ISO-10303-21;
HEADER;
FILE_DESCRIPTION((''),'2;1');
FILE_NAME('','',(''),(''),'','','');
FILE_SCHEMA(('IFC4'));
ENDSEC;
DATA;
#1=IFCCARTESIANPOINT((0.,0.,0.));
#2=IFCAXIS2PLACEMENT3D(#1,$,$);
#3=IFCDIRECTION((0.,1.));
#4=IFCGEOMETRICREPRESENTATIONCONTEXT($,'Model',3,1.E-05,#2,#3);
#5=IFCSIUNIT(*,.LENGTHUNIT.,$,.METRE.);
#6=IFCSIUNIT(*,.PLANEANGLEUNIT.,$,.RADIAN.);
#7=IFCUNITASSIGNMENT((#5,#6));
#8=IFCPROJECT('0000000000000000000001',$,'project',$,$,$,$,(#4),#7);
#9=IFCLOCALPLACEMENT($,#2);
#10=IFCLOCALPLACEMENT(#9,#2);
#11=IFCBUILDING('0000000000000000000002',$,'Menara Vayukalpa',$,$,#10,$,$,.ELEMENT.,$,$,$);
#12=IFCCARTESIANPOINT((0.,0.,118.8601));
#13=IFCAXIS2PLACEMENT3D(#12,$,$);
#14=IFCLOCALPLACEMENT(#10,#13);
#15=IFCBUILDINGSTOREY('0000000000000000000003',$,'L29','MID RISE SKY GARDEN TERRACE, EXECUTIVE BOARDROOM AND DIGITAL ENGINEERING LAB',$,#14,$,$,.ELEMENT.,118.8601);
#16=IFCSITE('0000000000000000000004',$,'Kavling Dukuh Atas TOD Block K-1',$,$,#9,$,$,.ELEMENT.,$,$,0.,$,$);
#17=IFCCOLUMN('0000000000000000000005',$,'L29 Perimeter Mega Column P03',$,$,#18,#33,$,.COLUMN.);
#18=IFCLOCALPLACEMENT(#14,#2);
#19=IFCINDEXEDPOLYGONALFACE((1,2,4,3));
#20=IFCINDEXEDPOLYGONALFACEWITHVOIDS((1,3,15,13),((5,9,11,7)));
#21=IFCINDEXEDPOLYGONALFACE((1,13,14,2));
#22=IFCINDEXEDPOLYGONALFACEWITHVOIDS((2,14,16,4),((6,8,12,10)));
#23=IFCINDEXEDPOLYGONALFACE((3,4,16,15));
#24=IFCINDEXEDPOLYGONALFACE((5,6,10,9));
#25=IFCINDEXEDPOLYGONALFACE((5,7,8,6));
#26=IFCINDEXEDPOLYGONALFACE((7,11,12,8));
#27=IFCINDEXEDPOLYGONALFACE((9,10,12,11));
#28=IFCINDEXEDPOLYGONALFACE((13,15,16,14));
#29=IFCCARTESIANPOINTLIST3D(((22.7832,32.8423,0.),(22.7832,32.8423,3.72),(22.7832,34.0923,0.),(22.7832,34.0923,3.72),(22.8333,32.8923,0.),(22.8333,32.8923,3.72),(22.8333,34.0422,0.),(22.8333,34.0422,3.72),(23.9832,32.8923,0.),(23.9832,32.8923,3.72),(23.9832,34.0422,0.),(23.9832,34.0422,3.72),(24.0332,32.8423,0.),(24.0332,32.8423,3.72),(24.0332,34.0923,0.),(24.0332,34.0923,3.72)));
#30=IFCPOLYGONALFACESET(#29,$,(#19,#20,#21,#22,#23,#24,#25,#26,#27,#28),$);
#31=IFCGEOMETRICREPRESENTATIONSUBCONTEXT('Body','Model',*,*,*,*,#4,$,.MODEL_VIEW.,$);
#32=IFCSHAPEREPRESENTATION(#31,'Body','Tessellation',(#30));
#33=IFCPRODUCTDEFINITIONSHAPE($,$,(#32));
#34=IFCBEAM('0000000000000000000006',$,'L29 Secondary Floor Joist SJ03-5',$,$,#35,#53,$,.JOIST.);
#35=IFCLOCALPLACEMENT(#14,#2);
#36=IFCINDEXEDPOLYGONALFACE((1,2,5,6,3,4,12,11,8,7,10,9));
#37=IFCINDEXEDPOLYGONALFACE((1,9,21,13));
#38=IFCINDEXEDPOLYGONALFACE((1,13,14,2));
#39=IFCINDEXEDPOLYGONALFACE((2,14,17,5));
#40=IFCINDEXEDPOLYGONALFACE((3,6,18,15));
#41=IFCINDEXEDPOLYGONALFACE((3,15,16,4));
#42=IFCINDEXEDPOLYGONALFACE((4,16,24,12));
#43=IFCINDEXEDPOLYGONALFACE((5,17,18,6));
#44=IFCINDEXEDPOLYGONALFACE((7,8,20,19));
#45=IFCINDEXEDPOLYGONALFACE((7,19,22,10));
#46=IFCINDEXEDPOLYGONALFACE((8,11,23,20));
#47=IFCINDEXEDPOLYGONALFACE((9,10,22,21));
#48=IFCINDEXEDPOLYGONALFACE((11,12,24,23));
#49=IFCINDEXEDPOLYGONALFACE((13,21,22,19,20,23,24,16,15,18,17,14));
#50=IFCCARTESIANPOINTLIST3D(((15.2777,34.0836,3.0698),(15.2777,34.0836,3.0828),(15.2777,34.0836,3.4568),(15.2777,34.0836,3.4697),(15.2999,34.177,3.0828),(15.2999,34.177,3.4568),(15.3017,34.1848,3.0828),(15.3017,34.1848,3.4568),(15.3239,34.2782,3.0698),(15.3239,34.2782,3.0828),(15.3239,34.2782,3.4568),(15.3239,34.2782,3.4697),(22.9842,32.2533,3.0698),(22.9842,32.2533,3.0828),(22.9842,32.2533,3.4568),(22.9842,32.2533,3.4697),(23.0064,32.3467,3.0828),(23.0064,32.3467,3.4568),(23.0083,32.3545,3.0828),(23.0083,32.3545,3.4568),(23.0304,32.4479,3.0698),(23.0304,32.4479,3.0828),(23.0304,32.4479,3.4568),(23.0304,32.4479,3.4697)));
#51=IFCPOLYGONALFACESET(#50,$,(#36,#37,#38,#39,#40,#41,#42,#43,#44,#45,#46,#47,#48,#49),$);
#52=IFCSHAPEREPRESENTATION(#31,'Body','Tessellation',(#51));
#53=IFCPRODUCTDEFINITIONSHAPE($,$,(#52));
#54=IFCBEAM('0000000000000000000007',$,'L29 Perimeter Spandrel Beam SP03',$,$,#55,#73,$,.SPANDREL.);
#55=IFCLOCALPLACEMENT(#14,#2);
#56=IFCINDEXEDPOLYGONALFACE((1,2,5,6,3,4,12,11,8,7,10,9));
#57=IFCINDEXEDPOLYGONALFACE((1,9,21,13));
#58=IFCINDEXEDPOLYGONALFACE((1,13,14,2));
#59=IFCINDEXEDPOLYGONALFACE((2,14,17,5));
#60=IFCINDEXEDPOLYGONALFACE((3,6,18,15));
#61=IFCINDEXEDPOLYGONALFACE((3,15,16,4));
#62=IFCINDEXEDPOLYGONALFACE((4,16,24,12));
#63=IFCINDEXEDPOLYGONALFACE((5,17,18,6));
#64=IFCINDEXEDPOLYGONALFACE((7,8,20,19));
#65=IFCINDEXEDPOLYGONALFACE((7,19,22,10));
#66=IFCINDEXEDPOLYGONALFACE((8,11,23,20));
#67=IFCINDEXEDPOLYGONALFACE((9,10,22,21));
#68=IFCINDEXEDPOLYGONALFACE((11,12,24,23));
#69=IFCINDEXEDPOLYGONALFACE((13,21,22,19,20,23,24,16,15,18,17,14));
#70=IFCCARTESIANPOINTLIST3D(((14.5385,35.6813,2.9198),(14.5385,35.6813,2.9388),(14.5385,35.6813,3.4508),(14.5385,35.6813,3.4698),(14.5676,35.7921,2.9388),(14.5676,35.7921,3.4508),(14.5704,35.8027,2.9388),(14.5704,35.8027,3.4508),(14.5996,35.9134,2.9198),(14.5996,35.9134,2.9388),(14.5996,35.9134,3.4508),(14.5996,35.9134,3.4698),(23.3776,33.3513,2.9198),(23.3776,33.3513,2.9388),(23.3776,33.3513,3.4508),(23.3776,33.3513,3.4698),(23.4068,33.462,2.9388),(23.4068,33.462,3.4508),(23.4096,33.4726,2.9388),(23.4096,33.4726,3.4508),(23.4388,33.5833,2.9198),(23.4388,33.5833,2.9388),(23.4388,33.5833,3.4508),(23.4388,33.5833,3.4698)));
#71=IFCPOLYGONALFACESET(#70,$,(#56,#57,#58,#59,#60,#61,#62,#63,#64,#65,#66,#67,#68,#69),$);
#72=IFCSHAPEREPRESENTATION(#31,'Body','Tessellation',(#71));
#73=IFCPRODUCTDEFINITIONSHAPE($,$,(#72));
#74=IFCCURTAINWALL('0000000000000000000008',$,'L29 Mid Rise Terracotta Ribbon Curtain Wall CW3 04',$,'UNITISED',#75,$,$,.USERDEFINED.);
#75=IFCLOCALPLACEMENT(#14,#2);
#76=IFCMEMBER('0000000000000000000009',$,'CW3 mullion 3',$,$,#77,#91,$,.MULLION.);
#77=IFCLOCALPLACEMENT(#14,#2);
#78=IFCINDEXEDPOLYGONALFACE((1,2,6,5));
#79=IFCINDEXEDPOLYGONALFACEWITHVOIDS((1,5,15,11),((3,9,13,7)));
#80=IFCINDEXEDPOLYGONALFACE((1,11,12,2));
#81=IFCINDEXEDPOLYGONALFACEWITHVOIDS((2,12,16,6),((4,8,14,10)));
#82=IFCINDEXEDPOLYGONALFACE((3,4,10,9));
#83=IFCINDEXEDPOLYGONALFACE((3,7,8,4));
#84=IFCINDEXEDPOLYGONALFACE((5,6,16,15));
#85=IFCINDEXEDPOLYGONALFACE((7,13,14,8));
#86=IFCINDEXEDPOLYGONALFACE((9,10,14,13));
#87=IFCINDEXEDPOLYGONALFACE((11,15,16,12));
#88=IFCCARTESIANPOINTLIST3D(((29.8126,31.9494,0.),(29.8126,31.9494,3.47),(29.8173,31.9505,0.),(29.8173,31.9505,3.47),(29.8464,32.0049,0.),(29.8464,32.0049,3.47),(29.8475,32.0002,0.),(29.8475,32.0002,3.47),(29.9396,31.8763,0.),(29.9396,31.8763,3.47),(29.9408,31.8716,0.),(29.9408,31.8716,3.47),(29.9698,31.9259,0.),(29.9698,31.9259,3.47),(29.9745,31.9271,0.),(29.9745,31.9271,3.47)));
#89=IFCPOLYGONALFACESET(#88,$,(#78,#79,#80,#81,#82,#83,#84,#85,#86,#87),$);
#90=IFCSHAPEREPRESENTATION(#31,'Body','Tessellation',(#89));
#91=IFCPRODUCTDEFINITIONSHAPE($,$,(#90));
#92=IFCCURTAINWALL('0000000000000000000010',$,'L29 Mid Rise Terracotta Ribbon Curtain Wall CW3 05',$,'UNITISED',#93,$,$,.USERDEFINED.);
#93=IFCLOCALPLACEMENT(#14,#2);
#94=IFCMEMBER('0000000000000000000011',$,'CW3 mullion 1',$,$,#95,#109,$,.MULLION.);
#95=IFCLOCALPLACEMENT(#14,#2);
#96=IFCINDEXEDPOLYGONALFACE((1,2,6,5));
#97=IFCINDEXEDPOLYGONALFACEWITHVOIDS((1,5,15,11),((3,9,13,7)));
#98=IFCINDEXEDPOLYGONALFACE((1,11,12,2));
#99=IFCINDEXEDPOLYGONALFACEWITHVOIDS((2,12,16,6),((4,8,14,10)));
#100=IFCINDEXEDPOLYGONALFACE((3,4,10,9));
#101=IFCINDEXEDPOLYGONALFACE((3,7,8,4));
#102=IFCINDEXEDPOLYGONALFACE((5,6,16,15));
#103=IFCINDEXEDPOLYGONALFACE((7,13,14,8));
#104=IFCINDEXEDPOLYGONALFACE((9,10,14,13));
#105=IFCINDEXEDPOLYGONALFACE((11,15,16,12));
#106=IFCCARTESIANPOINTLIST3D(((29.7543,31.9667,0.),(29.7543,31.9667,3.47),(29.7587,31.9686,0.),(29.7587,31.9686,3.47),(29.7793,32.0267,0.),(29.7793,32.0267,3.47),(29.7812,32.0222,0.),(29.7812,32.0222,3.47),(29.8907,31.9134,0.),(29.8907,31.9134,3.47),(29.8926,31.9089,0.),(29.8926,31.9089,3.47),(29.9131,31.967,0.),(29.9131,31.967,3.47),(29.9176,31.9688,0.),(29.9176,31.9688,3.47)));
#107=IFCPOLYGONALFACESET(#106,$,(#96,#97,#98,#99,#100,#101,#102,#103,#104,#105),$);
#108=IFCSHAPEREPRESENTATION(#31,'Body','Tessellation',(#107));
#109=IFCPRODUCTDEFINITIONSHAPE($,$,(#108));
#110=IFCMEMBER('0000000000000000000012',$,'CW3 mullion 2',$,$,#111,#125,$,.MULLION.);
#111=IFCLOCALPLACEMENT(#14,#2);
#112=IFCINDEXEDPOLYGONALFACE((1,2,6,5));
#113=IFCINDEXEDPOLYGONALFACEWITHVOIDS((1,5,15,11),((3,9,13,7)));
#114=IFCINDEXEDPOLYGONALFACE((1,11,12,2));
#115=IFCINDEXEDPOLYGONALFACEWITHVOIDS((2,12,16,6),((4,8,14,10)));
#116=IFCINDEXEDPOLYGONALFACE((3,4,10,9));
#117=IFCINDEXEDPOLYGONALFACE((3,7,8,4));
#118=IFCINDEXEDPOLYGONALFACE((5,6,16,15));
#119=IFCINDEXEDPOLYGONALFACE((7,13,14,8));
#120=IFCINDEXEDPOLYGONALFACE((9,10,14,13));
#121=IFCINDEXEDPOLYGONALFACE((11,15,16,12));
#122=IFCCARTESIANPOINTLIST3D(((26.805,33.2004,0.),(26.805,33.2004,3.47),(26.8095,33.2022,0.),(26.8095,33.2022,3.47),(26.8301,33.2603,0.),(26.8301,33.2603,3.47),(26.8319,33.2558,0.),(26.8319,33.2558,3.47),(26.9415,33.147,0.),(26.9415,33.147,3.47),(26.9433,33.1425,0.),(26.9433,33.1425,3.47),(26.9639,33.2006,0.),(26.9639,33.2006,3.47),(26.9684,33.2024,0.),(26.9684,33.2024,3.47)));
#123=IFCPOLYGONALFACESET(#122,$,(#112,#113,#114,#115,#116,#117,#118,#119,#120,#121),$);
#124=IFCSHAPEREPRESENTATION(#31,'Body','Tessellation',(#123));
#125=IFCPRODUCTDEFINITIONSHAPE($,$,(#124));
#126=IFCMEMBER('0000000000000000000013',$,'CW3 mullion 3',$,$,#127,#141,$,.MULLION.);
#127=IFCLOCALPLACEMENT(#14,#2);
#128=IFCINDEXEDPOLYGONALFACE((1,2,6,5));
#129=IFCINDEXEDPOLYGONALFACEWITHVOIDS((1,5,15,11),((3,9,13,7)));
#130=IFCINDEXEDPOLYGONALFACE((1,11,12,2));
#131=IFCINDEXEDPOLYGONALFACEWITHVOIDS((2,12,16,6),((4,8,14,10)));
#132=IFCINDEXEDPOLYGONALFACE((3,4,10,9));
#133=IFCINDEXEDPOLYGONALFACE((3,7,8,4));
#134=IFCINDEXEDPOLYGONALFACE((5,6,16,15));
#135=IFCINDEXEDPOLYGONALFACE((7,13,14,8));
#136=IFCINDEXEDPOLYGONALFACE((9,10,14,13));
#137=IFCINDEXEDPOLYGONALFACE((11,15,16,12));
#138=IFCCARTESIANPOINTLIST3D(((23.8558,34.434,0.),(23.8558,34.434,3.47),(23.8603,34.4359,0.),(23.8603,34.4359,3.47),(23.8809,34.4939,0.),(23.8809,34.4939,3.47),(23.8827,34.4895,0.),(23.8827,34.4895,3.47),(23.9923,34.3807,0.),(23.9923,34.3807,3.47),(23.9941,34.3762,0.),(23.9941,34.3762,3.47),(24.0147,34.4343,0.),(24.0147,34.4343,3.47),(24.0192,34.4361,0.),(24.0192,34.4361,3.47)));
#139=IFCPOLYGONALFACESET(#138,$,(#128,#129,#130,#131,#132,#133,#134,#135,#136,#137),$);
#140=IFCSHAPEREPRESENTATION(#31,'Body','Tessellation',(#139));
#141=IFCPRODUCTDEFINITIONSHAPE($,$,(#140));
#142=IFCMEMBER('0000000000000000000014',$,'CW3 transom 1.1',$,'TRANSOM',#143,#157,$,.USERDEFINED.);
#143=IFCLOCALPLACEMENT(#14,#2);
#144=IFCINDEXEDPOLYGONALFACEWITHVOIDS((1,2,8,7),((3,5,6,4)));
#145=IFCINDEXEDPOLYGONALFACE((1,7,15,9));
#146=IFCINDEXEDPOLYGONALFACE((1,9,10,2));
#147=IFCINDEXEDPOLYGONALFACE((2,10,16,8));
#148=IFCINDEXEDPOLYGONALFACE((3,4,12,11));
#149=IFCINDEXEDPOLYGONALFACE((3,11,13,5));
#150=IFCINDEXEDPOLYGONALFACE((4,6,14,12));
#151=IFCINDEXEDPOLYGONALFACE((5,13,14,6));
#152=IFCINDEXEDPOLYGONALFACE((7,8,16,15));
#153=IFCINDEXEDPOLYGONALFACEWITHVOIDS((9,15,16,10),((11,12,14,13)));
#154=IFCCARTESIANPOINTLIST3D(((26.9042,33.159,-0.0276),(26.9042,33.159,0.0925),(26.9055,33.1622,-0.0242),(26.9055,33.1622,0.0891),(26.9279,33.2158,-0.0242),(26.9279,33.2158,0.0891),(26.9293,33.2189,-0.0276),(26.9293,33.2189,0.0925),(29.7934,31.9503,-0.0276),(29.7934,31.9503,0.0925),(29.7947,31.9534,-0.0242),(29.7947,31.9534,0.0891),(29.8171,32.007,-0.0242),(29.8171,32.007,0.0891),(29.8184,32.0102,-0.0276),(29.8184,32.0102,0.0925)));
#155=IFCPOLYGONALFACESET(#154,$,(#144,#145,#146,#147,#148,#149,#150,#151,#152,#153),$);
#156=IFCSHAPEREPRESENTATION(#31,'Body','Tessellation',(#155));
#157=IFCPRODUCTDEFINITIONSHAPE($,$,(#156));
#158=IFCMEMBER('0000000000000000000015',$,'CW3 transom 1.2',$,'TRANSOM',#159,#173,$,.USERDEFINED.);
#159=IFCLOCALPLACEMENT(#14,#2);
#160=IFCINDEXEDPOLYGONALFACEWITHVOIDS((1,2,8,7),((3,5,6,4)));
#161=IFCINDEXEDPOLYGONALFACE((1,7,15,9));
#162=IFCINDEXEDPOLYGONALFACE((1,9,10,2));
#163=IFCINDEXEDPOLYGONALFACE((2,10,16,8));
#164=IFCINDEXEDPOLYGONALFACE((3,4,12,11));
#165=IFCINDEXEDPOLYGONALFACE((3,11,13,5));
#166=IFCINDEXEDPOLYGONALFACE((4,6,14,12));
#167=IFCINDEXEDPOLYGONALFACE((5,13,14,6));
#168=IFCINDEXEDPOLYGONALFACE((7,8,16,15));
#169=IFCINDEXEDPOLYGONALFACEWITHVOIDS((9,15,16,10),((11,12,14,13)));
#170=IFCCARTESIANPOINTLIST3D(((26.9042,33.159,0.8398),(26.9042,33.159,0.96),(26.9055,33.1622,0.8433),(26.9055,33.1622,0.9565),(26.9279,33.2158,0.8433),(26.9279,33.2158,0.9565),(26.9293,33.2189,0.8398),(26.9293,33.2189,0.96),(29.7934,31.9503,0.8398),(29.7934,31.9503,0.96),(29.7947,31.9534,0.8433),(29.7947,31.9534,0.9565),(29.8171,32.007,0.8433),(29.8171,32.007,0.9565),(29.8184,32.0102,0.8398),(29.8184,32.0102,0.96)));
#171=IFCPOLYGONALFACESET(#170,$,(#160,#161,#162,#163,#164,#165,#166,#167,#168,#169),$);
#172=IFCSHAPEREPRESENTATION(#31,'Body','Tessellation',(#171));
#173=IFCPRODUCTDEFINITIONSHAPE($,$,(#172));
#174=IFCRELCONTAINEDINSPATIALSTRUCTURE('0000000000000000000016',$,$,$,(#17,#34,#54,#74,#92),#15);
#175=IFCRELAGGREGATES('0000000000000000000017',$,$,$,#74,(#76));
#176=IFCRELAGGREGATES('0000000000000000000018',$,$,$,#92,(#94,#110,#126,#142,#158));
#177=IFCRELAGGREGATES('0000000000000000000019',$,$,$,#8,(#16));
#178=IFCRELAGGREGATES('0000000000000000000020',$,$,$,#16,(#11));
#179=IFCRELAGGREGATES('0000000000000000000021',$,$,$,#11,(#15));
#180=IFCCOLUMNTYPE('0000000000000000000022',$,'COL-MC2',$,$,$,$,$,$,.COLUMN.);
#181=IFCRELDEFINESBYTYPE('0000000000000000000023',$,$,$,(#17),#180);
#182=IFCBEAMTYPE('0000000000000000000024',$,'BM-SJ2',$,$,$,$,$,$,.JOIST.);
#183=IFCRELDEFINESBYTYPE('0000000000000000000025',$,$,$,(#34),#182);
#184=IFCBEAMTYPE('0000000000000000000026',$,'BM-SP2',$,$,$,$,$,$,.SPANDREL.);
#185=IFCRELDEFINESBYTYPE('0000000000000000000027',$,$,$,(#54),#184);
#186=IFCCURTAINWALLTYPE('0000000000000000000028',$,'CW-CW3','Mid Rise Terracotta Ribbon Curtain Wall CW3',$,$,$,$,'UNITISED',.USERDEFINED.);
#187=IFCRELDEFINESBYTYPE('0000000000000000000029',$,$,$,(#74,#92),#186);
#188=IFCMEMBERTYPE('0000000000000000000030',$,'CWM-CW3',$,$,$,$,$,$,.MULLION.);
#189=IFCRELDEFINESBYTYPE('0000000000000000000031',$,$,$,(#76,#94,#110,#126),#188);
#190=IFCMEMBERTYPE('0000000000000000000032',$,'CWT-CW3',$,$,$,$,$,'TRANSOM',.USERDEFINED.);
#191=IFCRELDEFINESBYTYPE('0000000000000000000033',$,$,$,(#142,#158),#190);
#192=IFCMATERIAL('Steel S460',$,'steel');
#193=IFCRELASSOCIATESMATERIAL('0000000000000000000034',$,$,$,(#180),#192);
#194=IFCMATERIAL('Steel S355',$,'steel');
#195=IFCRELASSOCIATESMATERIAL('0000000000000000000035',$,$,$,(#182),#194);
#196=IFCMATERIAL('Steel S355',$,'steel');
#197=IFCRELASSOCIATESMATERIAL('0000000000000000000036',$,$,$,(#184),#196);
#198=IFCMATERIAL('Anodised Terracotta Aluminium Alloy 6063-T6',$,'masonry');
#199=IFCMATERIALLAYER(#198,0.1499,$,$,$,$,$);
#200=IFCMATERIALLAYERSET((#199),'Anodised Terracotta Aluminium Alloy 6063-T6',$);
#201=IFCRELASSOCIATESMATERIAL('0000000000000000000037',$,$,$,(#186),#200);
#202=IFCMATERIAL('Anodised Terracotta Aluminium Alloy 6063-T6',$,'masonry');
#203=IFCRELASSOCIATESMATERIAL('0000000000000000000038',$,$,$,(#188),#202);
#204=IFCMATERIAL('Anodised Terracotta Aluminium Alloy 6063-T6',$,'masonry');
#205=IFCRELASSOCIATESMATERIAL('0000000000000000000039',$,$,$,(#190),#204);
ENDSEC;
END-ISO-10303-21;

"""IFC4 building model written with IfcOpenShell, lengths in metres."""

from ifc_helpers import new_model, si_unit, direction, frame, origin, origin_2d, place, context, subcontext, project, spatial, hollow_rectangle, i_section, extrude, material, layer, layer_set, material_profile, profile_set, type_object, element, aggregate, save


model = new_model("IFC4")

# Units and contexts
model_context = context("Model", 3, precision=1e-05, world=origin(), true_north=direction((0.0, 1.0)))
body_context = subcontext(model_context, "Body", "Model", "MODEL_VIEW")
ifc_project = project(units=[si_unit("LENGTHUNIT", "METRE"), si_unit("PLANEANGLEUNIT", "RADIAN")], contexts=[model_context])

# Site, building, storey
site_placement = place(None, origin())
site = spatial("IfcSite", under=ifc_project, at=site_placement, Name="Kavling Dukuh Atas TOD Block K-1", CompositionType="ELEMENT", RefElevation=0.0)
building_placement = place(site_placement, origin())
building = spatial("IfcBuilding", under=site, at=building_placement, Name="Menara Vayukalpa", CompositionType="ELEMENT")
storey_placement = place(building_placement, frame((0.0, 0.0, 118.8601)))
storey = spatial("IfcBuildingStorey", under=building, at=storey_placement, Name="L29", Description="MID RISE SKY GARDEN TERRACE, EXECUTIVE BOARDROOM AND DIGITAL ENGINEERING LAB", CompositionType="ELEMENT", Elevation=118.8601)

# Column
ifc_material_1 = material(Name="Steel S460", Category="steel")
ifc_material_profile_1 = material_profile(ifc_material_1, hollow_rectangle(XDim=1.25, YDim=1.25, WallThickness=0.05, at=origin_2d()), Name="BOX 1250x1250x50")
ifc_profile_set_1 = profile_set([ifc_material_profile_1], Name="Steel S460")
column_type = type_object("IfcColumnType", Name="COL-MC2", PredefinedType="COLUMN", material=ifc_profile_set_1)
column_placement = place(storey_placement, frame((23.4082, 33.4673, 0.0), z_axis=(0.0, 0.0, 1.0), x_axis=(1.0, 0.0, 0.0)))
element("IfcColumn", 1, at=column_placement, inside=storey, type_object=column_type, Name="L29 Perimeter Mega Column P03", PredefinedType="COLUMN", context=body_context, shape_type="SweptSolid", body=[
    extrude(hollow_rectangle(XDim=1.25, YDim=1.25, WallThickness=0.05, at=origin_2d()), origin(), (0.0, 0.0, 1.0), 3.72),
])

# Beams
ifc_material_2 = material(Name="Steel S355", Category="steel")
ifc_material_profile_2 = material_profile(ifc_material_2, i_section(OverallWidth=0.2, OverallDepth=0.3999, WebThickness=0.0081, FlangeThickness=0.0129, at=origin_2d()), Name="WF 400x200x8x13")
ifc_profile_set_2 = profile_set([ifc_material_profile_2], Name="Steel S355")
beam_type_1 = type_object("IfcBeamType", Name="BM-SJ2", PredefinedType="JOIST", material=ifc_profile_set_2)
beam_1_placement = place(storey_placement, frame((23.0073, 32.3506, 3.2698), z_axis=(-0.972936, 0.231075, 0.0), x_axis=(-0.231075, -0.972936, 0.0)))
element("IfcBeam", 2, at=beam_1_placement, inside=storey, type_object=beam_type_1, Name="L29 Secondary Floor Joist SJ03-5", PredefinedType="JOIST", context=body_context, shape_type="SweptSolid", body=[
    extrude(i_section(OverallWidth=0.2, OverallDepth=0.3999, WebThickness=0.0081, FlangeThickness=0.0129, at=origin_2d()), origin(), (0.0, 0.0, 1.0), 7.9209),
])
ifc_material_3 = material(Name="Steel S355", Category="steel")
ifc_material_profile_3 = material_profile(ifc_material_3, i_section(OverallWidth=0.24, OverallDepth=0.55, WebThickness=0.011, FlangeThickness=0.019, at=origin_2d()), Name="WF 550x240x11x19")
ifc_profile_set_3 = profile_set([ifc_material_profile_3], Name="Steel S355")
beam_type_2 = type_object("IfcBeamType", Name="BM-SP2", PredefinedType="SPANDREL", material=ifc_profile_set_3)
beam_2_placement = place(storey_placement, frame((23.4082, 33.4673, 3.1948), z_axis=(-0.966967, 0.254902, 0.0), x_axis=(-0.254902, -0.966967, 0.0)))
element("IfcBeam", 3, at=beam_2_placement, inside=storey, type_object=beam_type_2, Name="L29 Perimeter Spandrel Beam SP03", PredefinedType="SPANDREL", context=body_context, shape_type="SweptSolid", body=[
    extrude(i_section(OverallWidth=0.24, OverallDepth=0.55, WebThickness=0.011, FlangeThickness=0.019, at=origin_2d()), origin(), (0.0, 0.0, 1.0), 9.1411),
])

# Curtain wall, member
ifc_material_4 = material(Name="Anodised Terracotta Aluminium Alloy 6063-T6", Category="masonry")
ifc_layer_1 = layer(ifc_material_4, 0.1499)
ifc_layer_set_1 = layer_set([ifc_layer_1], Name="Anodised Terracotta Aluminium Alloy 6063-T6")
curtain_wall_type = type_object("IfcCurtainWallType", Name="CW-CW3", Description="Mid Rise Terracotta Ribbon Curtain Wall CW3", ElementType="UNITISED", PredefinedType="USERDEFINED", material=ifc_layer_set_1)
curtain_wall_1_placement = place(storey_placement, origin())
curtain_wall_1 = element("IfcCurtainWall", 4, at=curtain_wall_1_placement, inside=storey, type_object=curtain_wall_type, Name="L29 Mid Rise Terracotta Ribbon Curtain Wall CW3 04", ObjectType="UNITISED", PredefinedType="USERDEFINED")
ifc_material_5 = material(Name="Anodised Terracotta Aluminium Alloy 6063-T6", Category="masonry")
ifc_material_profile_4 = material_profile(ifc_material_5, hollow_rectangle(XDim=0.0649, YDim=0.1499, WallThickness=0.0034, at=origin_2d()), Name="ALU 65x150x3.5")
ifc_profile_set_4 = profile_set([ifc_material_profile_4], Name="Anodised Terracotta Aluminium Alloy 6063-T6")
member_type_1 = type_object("IfcMemberType", Name="CWM-CW3", PredefinedType="MULLION", material=ifc_profile_set_4)
member_1_placement = place(storey_placement, frame((29.8936, 31.9382, 0.0), z_axis=(0.0, 0.0, 1.0), x_axis=(-0.519183, -0.854663, 0.0)))
member_1 = element("IfcMember", 5, at=member_1_placement, type_object=member_type_1, Name="CW3 mullion 3", PredefinedType="MULLION", context=body_context, shape_type="SweptSolid", body=[
    extrude(hollow_rectangle(XDim=0.0649, YDim=0.1499, WallThickness=0.0034, at=origin_2d()), origin(), (0.0, 0.0, 1.0), 3.47),
])
aggregate(curtain_wall_1, [member_1])

# Curtain wall, members
curtain_wall_2_placement = place(storey_placement, origin())
curtain_wall_2 = element("IfcCurtainWall", 6, at=curtain_wall_2_placement, inside=storey, type_object=curtain_wall_type, Name="L29 Mid Rise Terracotta Ribbon Curtain Wall CW3 05", ObjectType="UNITISED", PredefinedType="USERDEFINED")
member_2_placement = place(storey_placement, frame((29.8359, 31.9678, 0.0), z_axis=(0.0, 0.0, 1.0), x_axis=(-0.385894, -0.922543, 0.0)))
member_2 = element("IfcMember", 7, at=member_2_placement, type_object=member_type_1, Name="CW3 mullion 1", PredefinedType="MULLION", context=body_context, shape_type="SweptSolid", body=[
    extrude(hollow_rectangle(XDim=0.0649, YDim=0.1499, WallThickness=0.0034, at=origin_2d()), origin(), (0.0, 0.0, 1.0), 3.47),
])
member_3_placement = place(storey_placement, frame((26.8867, 33.2014, 0.0), z_axis=(0.0, 0.0, 1.0), x_axis=(-0.385894, -0.922543, 0.0)))
member_3 = element("IfcMember", 8, at=member_3_placement, type_object=member_type_1, Name="CW3 mullion 2", PredefinedType="MULLION", context=body_context, shape_type="SweptSolid", body=[
    extrude(hollow_rectangle(XDim=0.0649, YDim=0.1499, WallThickness=0.0034, at=origin_2d()), origin(), (0.0, 0.0, 1.0), 3.47),
])
member_4_placement = place(storey_placement, frame((23.9375, 34.4351, 0.0), z_axis=(0.0, 0.0, 1.0), x_axis=(-0.385894, -0.922543, 0.0)))
member_4 = element("IfcMember", 9, at=member_4_placement, type_object=member_type_1, Name="CW3 mullion 3", PredefinedType="MULLION", context=body_context, shape_type="SweptSolid", body=[
    extrude(hollow_rectangle(XDim=0.0649, YDim=0.1499, WallThickness=0.0034, at=origin_2d()), origin(), (0.0, 0.0, 1.0), 3.47),
])
ifc_material_6 = material(Name="Anodised Terracotta Aluminium Alloy 6063-T6", Category="masonry")
ifc_material_profile_5 = material_profile(ifc_material_6, hollow_rectangle(XDim=0.0649, YDim=0.1201, WallThickness=0.0034, at=origin_2d()), Name="ALU 65x120x3.5")
ifc_profile_set_5 = profile_set([ifc_material_profile_5], Name="Anodised Terracotta Aluminium Alloy 6063-T6")
member_type_2 = type_object("IfcMemberType", Name="CWT-CW3", ElementType="TRANSOM", PredefinedType="USERDEFINED", material=ifc_profile_set_5)
member_5_placement = place(storey_placement, frame((29.8059, 31.9802, 0.0325), z_axis=(-0.922518, 0.385955, 0.0), x_axis=(-0.385955, -0.922518, 0.0)))
member_5 = element("IfcMember", 10, at=member_5_placement, type_object=member_type_2, Name="CW3 transom 1.1", ObjectType="TRANSOM", PredefinedType="USERDEFINED", context=body_context, shape_type="SweptSolid", body=[
    extrude(hollow_rectangle(XDim=0.0649, YDim=0.1201, WallThickness=0.0034, at=origin_2d()), origin(), (0.0, 0.0, 1.0), 3.1318),
])
member_6_placement = place(storey_placement, frame((29.8059, 31.9802, 0.8999), z_axis=(-0.922518, 0.385955, 0.0), x_axis=(-0.385955, -0.922518, 0.0)))
member_6 = element("IfcMember", 11, at=member_6_placement, type_object=member_type_2, Name="CW3 transom 1.2", ObjectType="TRANSOM", PredefinedType="USERDEFINED", context=body_context, shape_type="SweptSolid", body=[
    extrude(hollow_rectangle(XDim=0.0649, YDim=0.1201, WallThickness=0.0034, at=origin_2d()), origin(), (0.0, 0.0, 1.0), 3.1318),
])
aggregate(curtain_wall_2, [member_2, member_3, member_4, member_5, member_6])

save(model, "model.ifc")
